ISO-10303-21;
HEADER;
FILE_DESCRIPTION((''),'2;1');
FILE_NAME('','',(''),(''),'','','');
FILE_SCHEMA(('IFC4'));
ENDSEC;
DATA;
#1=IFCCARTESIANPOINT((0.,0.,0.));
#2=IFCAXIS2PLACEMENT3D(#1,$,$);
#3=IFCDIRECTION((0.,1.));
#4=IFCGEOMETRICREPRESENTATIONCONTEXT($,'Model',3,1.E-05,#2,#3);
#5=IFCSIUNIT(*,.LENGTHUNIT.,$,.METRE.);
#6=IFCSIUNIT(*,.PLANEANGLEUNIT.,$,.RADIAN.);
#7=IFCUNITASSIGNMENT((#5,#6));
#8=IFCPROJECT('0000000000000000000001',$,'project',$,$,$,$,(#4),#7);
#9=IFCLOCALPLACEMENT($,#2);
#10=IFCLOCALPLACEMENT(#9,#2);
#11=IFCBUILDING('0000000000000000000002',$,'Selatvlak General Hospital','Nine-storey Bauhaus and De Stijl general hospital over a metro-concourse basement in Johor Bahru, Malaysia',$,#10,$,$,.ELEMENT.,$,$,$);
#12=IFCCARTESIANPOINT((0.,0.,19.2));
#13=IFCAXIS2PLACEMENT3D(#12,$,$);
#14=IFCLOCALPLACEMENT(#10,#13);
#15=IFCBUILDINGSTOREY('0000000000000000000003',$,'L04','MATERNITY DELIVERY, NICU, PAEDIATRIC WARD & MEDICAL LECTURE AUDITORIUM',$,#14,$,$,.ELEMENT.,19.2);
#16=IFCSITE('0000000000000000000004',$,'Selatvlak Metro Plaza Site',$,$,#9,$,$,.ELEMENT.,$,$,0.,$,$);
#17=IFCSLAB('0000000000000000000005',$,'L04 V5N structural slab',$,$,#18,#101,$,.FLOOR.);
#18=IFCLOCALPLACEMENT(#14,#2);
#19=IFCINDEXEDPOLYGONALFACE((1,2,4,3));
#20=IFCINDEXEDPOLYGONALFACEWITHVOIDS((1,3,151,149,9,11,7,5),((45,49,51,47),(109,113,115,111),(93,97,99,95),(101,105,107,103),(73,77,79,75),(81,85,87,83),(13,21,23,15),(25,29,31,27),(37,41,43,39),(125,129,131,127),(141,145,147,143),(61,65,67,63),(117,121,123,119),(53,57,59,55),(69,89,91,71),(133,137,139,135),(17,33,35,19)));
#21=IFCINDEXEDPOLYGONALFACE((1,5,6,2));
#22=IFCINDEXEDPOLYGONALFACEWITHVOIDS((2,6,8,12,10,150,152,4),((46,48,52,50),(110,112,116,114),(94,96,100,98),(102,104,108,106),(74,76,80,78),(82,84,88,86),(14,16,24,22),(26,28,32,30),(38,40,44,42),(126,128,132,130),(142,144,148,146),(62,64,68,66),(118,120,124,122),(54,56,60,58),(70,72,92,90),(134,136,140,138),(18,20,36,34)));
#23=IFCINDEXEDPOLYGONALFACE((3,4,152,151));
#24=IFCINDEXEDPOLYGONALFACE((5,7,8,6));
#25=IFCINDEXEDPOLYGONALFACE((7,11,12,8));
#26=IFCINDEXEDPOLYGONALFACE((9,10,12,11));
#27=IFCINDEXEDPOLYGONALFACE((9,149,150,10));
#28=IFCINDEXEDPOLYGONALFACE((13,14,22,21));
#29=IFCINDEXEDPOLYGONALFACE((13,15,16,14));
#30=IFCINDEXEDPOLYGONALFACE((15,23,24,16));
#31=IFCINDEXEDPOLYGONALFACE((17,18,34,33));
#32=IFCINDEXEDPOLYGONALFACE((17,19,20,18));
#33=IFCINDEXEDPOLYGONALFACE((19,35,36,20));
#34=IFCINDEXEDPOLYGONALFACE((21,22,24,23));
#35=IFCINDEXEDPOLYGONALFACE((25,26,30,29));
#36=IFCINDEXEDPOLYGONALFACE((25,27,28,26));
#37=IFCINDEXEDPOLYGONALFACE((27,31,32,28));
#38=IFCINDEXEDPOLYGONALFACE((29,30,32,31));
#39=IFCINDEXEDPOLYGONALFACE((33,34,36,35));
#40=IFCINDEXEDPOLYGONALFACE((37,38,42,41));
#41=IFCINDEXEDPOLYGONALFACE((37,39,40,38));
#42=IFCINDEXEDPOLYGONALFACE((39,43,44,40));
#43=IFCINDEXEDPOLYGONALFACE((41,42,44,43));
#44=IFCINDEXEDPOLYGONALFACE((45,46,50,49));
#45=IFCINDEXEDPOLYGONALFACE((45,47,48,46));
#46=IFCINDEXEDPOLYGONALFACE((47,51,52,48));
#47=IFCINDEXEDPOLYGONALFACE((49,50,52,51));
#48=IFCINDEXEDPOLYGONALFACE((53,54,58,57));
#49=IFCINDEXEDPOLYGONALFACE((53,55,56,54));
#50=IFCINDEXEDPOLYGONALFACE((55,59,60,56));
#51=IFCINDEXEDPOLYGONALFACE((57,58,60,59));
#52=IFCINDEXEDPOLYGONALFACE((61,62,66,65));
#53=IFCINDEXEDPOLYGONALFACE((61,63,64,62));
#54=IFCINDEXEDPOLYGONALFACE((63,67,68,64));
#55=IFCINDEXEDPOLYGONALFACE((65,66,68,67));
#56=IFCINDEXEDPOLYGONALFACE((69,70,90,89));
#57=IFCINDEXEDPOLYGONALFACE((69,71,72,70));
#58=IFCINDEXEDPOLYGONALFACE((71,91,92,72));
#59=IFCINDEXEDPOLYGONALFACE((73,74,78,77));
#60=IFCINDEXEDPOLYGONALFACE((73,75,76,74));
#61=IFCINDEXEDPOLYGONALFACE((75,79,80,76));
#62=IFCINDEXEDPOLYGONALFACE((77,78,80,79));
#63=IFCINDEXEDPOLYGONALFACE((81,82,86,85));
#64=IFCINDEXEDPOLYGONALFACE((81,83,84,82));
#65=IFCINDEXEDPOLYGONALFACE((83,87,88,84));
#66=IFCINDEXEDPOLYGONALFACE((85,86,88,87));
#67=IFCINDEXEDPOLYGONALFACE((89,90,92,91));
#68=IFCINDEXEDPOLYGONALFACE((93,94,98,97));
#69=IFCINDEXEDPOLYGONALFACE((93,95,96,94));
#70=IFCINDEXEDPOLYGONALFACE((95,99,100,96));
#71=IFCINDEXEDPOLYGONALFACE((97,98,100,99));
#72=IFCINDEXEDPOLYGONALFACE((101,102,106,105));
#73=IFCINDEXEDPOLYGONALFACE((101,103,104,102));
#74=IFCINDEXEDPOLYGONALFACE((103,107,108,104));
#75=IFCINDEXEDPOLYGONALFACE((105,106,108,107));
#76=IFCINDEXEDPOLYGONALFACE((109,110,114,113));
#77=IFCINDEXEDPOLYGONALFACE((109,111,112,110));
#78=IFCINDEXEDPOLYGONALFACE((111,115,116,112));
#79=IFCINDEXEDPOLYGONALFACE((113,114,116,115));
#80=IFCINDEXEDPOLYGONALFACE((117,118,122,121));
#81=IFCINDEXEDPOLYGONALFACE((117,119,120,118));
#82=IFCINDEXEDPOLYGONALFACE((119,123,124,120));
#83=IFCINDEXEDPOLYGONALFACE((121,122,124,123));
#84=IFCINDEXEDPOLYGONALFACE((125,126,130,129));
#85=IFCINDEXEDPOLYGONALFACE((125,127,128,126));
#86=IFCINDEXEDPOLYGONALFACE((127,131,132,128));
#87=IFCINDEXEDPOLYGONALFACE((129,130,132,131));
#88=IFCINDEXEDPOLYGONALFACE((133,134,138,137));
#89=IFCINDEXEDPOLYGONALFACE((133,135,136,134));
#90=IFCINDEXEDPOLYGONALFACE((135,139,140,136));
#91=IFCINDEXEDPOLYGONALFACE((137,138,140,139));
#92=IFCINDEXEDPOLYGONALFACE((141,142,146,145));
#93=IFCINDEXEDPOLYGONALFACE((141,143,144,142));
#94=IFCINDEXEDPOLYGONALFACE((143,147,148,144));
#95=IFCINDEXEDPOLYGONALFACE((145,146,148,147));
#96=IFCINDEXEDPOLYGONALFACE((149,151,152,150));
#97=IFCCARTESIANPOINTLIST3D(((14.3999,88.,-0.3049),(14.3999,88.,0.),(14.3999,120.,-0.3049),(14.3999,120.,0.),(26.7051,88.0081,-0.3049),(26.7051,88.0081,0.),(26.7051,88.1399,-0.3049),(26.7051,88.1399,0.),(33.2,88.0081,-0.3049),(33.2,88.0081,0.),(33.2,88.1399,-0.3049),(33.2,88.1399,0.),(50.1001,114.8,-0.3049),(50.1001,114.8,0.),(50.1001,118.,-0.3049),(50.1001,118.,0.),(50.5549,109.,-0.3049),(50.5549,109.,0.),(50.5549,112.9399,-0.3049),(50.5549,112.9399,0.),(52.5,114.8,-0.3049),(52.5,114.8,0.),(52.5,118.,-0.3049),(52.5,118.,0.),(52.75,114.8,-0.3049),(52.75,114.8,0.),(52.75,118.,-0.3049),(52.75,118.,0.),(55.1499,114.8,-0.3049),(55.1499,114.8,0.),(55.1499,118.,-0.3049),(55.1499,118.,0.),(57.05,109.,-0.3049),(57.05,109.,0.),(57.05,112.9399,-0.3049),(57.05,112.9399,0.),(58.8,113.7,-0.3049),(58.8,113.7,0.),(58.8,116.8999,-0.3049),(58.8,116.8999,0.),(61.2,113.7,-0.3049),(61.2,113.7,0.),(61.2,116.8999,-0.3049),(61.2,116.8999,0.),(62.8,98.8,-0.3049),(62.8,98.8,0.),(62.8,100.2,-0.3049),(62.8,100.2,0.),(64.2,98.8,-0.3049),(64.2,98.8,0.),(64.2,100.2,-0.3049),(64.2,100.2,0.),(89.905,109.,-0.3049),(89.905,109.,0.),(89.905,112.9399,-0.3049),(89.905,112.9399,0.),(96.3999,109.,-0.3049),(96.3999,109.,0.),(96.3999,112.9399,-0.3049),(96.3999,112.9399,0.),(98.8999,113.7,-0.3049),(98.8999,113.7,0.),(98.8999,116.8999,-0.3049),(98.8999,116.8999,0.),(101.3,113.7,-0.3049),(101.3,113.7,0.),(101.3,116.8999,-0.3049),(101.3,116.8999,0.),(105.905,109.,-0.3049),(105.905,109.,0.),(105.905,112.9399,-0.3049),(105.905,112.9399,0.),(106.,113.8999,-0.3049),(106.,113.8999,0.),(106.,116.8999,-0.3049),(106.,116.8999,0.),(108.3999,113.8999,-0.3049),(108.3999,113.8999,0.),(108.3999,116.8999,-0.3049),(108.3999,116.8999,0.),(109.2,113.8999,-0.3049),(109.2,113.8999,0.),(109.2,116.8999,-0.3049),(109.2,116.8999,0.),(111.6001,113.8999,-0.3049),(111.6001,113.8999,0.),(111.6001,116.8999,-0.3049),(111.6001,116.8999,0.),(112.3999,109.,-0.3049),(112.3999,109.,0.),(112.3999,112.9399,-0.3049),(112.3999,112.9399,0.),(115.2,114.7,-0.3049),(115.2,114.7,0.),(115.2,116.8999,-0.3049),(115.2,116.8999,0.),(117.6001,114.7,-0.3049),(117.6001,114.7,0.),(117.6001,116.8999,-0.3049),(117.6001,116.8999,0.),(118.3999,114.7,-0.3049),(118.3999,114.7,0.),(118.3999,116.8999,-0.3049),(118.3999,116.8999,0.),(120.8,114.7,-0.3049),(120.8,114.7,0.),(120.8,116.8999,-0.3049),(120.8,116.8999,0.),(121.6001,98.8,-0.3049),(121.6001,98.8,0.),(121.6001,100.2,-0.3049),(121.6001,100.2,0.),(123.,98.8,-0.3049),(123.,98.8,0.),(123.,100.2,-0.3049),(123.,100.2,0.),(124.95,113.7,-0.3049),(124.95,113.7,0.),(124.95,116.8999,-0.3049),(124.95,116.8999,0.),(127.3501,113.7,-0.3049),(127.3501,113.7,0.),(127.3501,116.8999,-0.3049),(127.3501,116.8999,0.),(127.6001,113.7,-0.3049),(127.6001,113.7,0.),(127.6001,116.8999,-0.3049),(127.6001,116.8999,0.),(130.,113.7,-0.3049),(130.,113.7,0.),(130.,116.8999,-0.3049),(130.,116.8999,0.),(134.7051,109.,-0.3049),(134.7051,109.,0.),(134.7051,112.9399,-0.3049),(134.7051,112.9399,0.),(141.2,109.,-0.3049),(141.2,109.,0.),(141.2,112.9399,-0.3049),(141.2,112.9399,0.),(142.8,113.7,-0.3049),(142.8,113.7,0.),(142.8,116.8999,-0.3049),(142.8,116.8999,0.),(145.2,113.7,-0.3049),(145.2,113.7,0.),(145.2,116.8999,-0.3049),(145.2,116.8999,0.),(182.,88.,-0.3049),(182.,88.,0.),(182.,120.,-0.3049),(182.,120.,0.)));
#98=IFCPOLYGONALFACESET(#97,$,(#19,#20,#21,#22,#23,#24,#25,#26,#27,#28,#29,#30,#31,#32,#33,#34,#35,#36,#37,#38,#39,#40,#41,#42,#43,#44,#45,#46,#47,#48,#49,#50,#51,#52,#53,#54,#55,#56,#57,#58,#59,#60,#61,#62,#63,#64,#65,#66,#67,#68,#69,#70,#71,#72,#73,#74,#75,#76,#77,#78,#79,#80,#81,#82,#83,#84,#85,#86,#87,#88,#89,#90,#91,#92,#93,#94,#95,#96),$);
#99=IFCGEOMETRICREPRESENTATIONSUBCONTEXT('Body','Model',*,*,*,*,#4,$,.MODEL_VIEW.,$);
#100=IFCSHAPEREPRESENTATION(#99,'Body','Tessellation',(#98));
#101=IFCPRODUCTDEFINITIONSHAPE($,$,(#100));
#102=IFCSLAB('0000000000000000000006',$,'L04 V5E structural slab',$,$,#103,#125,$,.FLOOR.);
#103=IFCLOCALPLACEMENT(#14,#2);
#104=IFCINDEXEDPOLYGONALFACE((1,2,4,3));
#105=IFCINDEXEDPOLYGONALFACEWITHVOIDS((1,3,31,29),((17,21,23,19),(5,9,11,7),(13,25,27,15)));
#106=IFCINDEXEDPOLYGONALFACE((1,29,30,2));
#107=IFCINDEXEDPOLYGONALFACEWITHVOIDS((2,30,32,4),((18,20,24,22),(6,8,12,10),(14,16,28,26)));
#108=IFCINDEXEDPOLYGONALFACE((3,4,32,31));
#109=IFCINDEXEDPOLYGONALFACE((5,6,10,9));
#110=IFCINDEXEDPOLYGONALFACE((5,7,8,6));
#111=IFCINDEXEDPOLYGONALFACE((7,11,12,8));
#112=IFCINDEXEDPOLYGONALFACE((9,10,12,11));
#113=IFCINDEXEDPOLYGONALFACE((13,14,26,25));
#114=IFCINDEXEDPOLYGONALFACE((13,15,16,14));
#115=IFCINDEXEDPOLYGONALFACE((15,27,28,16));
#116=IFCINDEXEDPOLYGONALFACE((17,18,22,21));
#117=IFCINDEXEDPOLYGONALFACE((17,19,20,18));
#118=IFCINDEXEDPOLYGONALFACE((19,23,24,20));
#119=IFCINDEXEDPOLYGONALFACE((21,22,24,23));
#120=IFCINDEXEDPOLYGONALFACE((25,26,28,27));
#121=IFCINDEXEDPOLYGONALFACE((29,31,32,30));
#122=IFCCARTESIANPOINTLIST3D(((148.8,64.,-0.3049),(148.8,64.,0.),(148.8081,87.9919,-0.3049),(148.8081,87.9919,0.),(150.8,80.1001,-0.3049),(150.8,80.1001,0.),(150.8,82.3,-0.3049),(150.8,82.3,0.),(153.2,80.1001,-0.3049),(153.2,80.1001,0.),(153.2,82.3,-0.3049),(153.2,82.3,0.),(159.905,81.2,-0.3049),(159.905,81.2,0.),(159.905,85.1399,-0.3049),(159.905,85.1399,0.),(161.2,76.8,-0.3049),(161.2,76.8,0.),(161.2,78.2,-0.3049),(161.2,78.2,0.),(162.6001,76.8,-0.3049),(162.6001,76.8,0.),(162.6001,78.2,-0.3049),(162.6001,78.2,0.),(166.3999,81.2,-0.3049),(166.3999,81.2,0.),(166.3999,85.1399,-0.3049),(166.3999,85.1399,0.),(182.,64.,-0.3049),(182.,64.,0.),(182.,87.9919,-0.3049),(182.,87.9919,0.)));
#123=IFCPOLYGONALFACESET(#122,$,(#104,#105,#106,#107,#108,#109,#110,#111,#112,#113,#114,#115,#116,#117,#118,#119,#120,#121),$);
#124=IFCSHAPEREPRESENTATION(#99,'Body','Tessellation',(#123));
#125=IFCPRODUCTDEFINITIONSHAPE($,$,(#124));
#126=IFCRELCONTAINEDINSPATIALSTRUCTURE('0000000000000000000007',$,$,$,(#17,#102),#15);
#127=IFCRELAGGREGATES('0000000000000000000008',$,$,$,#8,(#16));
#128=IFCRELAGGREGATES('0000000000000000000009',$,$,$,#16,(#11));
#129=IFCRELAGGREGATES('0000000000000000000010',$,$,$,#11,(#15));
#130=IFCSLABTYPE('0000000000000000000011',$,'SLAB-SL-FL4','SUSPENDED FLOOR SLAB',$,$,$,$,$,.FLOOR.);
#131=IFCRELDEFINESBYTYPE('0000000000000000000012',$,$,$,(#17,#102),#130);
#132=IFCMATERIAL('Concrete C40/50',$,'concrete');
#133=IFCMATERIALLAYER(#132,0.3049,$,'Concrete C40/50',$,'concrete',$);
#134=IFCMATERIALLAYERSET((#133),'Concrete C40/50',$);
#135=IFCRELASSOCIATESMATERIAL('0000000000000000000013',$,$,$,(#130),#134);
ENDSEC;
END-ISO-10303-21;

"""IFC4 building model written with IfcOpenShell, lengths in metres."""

from ifc_helpers import new_model, si_unit, direction, frame, origin, place, context, subcontext, project, spatial, polyline, outline, extrude, material, layer, layer_set, type_object, element, save


model = new_model("IFC4")

# Units and contexts
model_context = context("Model", 3, precision=1e-05, world=origin(), true_north=direction((0.0, 1.0)))
body_context = subcontext(model_context, "Body", "Model", "MODEL_VIEW")
ifc_project = project(units=[si_unit("LENGTHUNIT", "METRE"), si_unit("PLANEANGLEUNIT", "RADIAN")], contexts=[model_context])

# Site, building, storey
site_placement = place(None, origin())
site = spatial("IfcSite", under=ifc_project, at=site_placement, Name="Selatvlak Metro Plaza Site", CompositionType="ELEMENT", RefElevation=0.0)
building_placement = place(site_placement, origin())
building = spatial("IfcBuilding", under=site, at=building_placement, Name="Selatvlak General Hospital", Description="Nine-storey Bauhaus and De Stijl general hospital over a metro-concourse basement in Johor Bahru, Malaysia", CompositionType="ELEMENT")
storey_placement = place(building_placement, frame((0.0, 0.0, 19.2)))
storey = spatial("IfcBuildingStorey", under=building, at=storey_placement, Name="L04", Description="MATERNITY DELIVERY, NICU, PAEDIATRIC WARD & MEDICAL LECTURE AUDITORIUM", CompositionType="ELEMENT", Elevation=19.2)

# Shared definitions
ifc_material_1 = material(Name="Concrete C40/50", Category="concrete")

# Slabs
ifc_layer_1 = layer(ifc_material_1, 0.3049, Name="Concrete C40/50", Category="concrete")
ifc_layer_set_1 = layer_set([ifc_layer_1], Name="Concrete C40/50")
slab_type_1 = type_object("IfcSlabType", Name="SLAB-SL-FL4", Description="SUSPENDED FLOOR SLAB", PredefinedType="FLOOR", material=ifc_layer_set_1)
slab_1_placement = place(storey_placement, frame((0.0, 0.0, -0.3049)))
element("IfcSlab", 1, at=slab_1_placement, inside=storey, type_object=slab_type_1, Name="L04 V5N structural slab", PredefinedType="FLOOR", context=body_context, shape_type="SweptSolid", body=[
    extrude(outline(polyline([(33.2, 88.0081), (33.2, 88.1399), (26.7051, 88.1399), (26.7051, 88.0081), (14.3999, 88.0), (14.3999, 120.0), (182.0, 120.0), (182.0, 88.0), (33.2, 88.0081)]), holes=[polyline([(57.05, 112.9399), (50.5549, 112.9399), (50.5549, 109.0), (57.05, 109.0), (57.05, 112.9399)]), polyline([(96.3999, 109.0), (96.3999, 112.9399), (89.905, 112.9399), (89.905, 109.0), (96.3999, 109.0)]), polyline([(105.905, 109.0), (112.3999, 109.0), (112.3999, 112.9399), (105.905, 112.9399), (105.905, 109.0)]), polyline([(134.7051, 112.9399), (134.7051, 109.0), (141.2, 109.0), (141.2, 112.9399), (134.7051, 112.9399)]), polyline([(61.2, 116.8999), (58.8, 116.8999), (58.8, 113.7), (61.2, 113.7), (61.2, 116.8999)]), polyline([(101.3, 113.7), (101.3, 116.8999), (98.8999, 116.8999), (98.8999, 113.7), (101.3, 113.7)]), polyline([(142.8, 113.7), (145.2, 113.7), (145.2, 116.8999), (142.8, 116.8999), (142.8, 113.7)]), polyline([(50.1001, 118.0), (50.1001, 114.8), (52.5, 114.8), (52.5, 118.0), (50.1001, 118.0)]), polyline([(55.1499, 118.0), (52.75, 118.0), (52.75, 114.8), (55.1499, 114.8), (55.1499, 118.0)]), polyline([(127.3501, 113.7), (127.3501, 116.8999), (124.95, 116.8999), (124.95, 113.7), (127.3501, 113.7)]), polyline([(127.6001, 113.7), (130.0, 113.7), (130.0, 116.8999), (127.6001, 116.8999), (127.6001, 113.7)]), polyline([(115.2, 116.8999), (115.2, 114.7), (117.6001, 114.7), (117.6001, 116.8999), (115.2, 116.8999)]), polyline([(120.8, 116.8999), (118.3999, 116.8999), (118.3999, 114.7), (120.8, 114.7), (120.8, 116.8999)]), polyline([(108.3999, 113.8999), (108.3999, 116.8999), (106.0, 116.8999), (106.0, 113.8999), (108.3999, 113.8999)]), polyline([(109.2, 113.8999), (111.6001, 113.8999), (111.6001, 116.8999), (109.2, 116.8999), (109.2, 113.8999)]), polyline([(62.8, 100.2), (62.8, 98.8), (64.2, 98.8), (64.2, 100.2), (62.8, 100.2)]), polyline([(123.0, 100.2), (121.6001, 100.2), (121.6001, 98.8), (123.0, 98.8), (123.0, 100.2)])]), origin(), (0.0, 0.0, 1.0), 0.3049),
])
slab_2_placement = place(storey_placement, frame((0.0, 0.0, -0.3049)))
element("IfcSlab", 2, at=slab_2_placement, inside=storey, type_object=slab_type_1, Name="L04 V5E structural slab", PredefinedType="FLOOR", context=body_context, shape_type="SweptSolid", body=[
    extrude(outline(polyline([(148.8081, 87.9919), (182.0, 87.9919), (182.0, 64.0), (148.8, 64.0), (148.8081, 87.9919)]), holes=[polyline([(159.905, 85.1399), (159.905, 81.2), (166.3999, 81.2), (166.3999, 85.1399), (159.905, 85.1399)]), polyline([(150.8, 82.3), (150.8, 80.1001), (153.2, 80.1001), (153.2, 82.3), (150.8, 82.3)]), polyline([(162.6001, 78.2), (161.2, 78.2), (161.2, 76.8), (162.6001, 76.8), (162.6001, 78.2)])]), origin(), (0.0, 0.0, 1.0), 0.3049),
])

save(model, "model.ifc")
